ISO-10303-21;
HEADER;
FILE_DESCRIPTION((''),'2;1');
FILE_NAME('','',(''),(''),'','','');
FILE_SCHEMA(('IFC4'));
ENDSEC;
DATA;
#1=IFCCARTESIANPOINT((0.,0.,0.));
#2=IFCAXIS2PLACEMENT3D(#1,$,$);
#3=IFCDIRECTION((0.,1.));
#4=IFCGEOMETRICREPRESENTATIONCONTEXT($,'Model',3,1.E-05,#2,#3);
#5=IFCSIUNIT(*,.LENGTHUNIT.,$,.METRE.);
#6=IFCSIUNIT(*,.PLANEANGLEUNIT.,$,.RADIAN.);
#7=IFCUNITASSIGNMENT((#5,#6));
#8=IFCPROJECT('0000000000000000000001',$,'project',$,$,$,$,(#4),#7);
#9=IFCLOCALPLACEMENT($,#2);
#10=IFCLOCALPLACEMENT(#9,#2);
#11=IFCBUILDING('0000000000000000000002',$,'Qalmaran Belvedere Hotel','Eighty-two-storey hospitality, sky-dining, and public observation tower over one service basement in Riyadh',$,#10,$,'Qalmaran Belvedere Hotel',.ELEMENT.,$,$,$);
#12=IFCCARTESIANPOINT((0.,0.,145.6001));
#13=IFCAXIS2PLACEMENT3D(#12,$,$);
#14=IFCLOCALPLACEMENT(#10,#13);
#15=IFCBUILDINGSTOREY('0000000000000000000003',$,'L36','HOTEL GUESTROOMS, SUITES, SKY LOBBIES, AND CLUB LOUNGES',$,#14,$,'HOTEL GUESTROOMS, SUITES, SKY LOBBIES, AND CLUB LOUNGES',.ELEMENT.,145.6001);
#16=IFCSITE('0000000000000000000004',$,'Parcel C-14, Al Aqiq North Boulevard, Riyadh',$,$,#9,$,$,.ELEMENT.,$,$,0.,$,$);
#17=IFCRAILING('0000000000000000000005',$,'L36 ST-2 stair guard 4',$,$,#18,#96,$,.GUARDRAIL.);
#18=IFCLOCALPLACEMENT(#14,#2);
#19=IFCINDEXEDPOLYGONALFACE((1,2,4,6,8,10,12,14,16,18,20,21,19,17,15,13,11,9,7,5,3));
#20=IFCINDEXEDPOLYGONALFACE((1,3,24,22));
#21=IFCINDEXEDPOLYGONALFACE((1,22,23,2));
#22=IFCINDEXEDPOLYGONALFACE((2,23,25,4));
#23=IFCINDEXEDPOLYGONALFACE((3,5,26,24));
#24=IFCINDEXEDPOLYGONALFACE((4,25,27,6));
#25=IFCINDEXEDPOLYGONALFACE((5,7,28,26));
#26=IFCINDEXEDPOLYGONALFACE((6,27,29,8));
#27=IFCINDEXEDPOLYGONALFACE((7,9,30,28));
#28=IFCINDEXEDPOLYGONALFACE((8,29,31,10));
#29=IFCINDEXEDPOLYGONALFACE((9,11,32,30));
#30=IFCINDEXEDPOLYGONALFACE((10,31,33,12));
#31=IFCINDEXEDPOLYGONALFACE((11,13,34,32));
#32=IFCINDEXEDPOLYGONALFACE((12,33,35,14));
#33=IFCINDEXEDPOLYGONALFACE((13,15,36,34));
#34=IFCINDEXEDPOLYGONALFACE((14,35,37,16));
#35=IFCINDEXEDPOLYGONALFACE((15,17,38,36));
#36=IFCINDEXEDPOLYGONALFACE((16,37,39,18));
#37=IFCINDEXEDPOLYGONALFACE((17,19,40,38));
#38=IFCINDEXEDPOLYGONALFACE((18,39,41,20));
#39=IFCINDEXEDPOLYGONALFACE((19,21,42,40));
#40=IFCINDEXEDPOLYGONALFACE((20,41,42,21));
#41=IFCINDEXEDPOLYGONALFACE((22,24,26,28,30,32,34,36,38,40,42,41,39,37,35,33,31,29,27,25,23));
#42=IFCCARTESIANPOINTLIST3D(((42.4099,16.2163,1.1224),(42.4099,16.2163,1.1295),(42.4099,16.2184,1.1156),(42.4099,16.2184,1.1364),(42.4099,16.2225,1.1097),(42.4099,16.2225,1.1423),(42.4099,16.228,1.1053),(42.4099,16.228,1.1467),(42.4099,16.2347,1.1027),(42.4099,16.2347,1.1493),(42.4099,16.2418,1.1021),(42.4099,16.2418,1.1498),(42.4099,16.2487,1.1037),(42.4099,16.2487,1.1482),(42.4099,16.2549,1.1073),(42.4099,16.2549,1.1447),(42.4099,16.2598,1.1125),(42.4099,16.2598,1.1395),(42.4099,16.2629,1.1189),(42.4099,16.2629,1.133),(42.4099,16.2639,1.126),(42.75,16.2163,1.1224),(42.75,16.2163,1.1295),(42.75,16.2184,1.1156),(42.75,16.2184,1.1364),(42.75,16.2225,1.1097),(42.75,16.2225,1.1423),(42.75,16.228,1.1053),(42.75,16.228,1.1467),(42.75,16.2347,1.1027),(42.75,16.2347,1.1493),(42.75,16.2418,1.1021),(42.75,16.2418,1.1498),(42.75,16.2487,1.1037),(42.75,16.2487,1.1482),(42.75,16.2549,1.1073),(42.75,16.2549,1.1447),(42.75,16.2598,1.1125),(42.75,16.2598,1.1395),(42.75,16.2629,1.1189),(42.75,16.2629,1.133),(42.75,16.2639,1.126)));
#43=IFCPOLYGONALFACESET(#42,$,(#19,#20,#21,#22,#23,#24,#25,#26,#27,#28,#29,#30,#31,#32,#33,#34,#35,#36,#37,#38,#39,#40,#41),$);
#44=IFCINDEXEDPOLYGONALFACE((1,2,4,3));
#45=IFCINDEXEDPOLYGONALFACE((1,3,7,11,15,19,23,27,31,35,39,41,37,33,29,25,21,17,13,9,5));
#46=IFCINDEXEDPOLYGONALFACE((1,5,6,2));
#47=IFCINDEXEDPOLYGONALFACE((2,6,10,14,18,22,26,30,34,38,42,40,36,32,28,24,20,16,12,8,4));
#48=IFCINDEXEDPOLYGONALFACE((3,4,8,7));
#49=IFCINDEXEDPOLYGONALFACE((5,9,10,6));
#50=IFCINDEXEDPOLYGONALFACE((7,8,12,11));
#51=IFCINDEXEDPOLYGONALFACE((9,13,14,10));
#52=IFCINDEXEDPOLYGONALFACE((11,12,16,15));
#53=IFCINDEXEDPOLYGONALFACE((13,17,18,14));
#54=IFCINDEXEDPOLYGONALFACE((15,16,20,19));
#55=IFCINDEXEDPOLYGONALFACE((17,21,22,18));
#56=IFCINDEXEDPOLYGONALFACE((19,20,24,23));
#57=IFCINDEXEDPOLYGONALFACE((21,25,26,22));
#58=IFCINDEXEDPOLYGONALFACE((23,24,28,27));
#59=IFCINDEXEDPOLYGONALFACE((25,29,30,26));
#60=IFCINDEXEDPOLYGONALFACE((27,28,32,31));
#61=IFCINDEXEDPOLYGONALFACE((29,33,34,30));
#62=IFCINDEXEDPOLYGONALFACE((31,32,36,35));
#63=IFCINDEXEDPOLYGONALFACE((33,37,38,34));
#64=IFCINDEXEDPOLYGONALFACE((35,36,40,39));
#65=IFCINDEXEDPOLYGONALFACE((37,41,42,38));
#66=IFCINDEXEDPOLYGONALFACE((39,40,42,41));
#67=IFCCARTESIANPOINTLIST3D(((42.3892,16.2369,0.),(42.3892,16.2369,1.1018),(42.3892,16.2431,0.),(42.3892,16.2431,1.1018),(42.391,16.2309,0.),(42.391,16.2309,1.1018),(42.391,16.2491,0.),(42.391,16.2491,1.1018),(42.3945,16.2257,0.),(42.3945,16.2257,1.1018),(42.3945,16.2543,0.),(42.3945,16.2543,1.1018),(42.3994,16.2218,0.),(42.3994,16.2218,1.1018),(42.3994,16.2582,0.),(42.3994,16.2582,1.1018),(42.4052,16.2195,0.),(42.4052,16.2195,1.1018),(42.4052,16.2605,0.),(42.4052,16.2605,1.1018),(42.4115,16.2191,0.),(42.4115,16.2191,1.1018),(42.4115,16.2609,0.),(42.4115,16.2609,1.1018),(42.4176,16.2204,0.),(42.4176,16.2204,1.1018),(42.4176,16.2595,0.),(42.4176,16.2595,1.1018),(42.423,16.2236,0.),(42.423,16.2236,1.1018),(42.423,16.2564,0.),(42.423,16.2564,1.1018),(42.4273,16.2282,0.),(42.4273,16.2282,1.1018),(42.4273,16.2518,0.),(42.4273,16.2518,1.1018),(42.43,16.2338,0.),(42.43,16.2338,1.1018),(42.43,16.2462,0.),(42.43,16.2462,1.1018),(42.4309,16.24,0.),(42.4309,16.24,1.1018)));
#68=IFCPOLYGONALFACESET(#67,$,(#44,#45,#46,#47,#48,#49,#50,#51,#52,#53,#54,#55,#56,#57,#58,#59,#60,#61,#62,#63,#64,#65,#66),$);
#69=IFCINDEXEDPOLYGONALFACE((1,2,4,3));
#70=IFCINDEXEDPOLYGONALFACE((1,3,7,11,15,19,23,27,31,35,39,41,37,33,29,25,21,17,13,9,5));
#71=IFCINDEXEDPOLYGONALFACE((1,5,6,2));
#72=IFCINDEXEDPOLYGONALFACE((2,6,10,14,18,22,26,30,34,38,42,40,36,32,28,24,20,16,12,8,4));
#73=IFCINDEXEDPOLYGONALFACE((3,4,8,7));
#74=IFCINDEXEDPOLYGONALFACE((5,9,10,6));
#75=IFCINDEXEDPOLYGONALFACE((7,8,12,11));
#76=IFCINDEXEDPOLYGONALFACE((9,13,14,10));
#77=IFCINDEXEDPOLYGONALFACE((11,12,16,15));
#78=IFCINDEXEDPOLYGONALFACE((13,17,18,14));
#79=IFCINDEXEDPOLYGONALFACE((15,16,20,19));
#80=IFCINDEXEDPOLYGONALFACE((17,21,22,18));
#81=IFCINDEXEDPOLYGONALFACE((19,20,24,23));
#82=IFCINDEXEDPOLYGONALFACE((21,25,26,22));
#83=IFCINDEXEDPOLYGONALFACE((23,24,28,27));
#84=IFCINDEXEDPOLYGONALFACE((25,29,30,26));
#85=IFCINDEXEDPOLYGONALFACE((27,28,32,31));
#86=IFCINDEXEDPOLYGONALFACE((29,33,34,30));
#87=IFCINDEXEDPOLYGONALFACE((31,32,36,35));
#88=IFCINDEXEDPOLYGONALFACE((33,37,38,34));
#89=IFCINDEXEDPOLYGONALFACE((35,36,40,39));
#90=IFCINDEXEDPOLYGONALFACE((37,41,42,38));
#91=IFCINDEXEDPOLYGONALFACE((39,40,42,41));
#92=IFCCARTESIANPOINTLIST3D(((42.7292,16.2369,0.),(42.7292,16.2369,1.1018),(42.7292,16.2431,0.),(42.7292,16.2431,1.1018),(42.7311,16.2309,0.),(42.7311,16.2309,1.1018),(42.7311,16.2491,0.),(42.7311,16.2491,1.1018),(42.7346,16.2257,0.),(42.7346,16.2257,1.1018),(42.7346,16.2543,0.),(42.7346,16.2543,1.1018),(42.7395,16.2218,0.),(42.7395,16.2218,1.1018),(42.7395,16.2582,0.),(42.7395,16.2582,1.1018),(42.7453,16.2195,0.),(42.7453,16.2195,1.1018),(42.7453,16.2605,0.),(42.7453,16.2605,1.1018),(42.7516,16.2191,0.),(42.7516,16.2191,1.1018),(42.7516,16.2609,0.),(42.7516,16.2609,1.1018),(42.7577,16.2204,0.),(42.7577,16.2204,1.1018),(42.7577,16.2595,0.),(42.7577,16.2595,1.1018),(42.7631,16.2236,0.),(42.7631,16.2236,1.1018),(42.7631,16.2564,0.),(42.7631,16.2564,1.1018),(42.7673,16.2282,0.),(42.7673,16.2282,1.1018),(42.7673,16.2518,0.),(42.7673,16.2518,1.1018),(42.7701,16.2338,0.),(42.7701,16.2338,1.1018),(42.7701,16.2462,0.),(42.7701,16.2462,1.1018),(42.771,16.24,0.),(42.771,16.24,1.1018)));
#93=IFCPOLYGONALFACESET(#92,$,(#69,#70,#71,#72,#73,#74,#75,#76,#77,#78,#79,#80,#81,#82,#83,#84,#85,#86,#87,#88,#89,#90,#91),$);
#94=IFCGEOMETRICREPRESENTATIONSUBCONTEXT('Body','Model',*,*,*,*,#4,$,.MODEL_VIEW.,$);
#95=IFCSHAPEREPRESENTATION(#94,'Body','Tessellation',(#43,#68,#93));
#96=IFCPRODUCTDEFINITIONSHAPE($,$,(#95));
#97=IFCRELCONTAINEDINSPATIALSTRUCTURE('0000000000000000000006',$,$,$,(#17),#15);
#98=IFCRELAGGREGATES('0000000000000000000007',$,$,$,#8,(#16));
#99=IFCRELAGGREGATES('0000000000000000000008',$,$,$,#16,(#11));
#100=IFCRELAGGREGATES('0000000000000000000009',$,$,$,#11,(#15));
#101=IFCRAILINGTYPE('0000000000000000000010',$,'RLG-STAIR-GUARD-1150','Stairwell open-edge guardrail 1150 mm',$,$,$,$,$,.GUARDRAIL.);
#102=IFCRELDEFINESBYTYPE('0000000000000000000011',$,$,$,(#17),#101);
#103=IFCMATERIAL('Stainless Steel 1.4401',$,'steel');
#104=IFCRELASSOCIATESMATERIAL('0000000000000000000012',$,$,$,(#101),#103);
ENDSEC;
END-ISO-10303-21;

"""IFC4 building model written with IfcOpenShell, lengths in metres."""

from ifc_helpers import new_model, si_unit, direction, frame, origin, origin_2d, place, context, subcontext, project, spatial, circle, extrude, material, type_object, element, save


model = new_model("IFC4")

# Units and contexts
model_context = context("Model", 3, precision=1e-05, world=origin(), true_north=direction((0.0, 1.0)))
body_context = subcontext(model_context, "Body", "Model", "MODEL_VIEW")
ifc_project = project(units=[si_unit("LENGTHUNIT", "METRE"), si_unit("PLANEANGLEUNIT", "RADIAN")], contexts=[model_context])

# Site, building, storey
site_placement = place(None, origin())
site = spatial("IfcSite", under=ifc_project, at=site_placement, Name="Parcel C-14, Al Aqiq North Boulevard, Riyadh", CompositionType="ELEMENT", RefElevation=0.0)
building_placement = place(site_placement, origin())
building = spatial("IfcBuilding", under=site, at=building_placement, Name="Qalmaran Belvedere Hotel", Description="Eighty-two-storey hospitality, sky-dining, and public observation tower over one service basement in Riyadh", LongName="Qalmaran Belvedere Hotel", CompositionType="ELEMENT")
storey_placement = place(building_placement, frame((0.0, 0.0, 145.6001)))
storey = spatial("IfcBuildingStorey", under=building, at=storey_placement, Name="L36", Description="HOTEL GUESTROOMS, SUITES, SKY LOBBIES, AND CLUB LOUNGES", LongName="HOTEL GUESTROOMS, SUITES, SKY LOBBIES, AND CLUB LOUNGES", CompositionType="ELEMENT", Elevation=145.6001)

# Shared definitions
ifc_material_1 = material(Name="Stainless Steel 1.4401", Category="steel")

# Railing
railing_type_1 = type_object("IfcRailingType", Name="RLG-STAIR-GUARD-1150", Description="Stairwell open-edge guardrail 1150 mm", PredefinedType="GUARDRAIL", material=ifc_material_1)
railing_1_placement = place(storey_placement, frame((42.4099, 16.24, 0.0)))
element("IfcRailing", 1, at=railing_1_placement, inside=storey, type_object=railing_type_1, Name="L36 ST-2 stair guard 4", PredefinedType="GUARDRAIL", context=body_context, shape_type="SweptSolid", body=[
    extrude(circle(Radius=0.0239, at=origin_2d()), frame((0.0, 0.0, 1.126), z_axis=(1.0, 0.0, 0.0), x_axis=(0.0, 1.0, 0.0)), (0.0, 0.0, 1.0), 0.3401),
    extrude(circle(Radius=0.021, at=origin_2d()), origin(), (0.0, 0.0, 1.0), 1.1018),
    extrude(circle(Radius=0.021, at=origin_2d()), frame((0.3401, 0.0, 0.0)), (0.0, 0.0, 1.0), 1.1018),
])

save(model, "model.ifc")
